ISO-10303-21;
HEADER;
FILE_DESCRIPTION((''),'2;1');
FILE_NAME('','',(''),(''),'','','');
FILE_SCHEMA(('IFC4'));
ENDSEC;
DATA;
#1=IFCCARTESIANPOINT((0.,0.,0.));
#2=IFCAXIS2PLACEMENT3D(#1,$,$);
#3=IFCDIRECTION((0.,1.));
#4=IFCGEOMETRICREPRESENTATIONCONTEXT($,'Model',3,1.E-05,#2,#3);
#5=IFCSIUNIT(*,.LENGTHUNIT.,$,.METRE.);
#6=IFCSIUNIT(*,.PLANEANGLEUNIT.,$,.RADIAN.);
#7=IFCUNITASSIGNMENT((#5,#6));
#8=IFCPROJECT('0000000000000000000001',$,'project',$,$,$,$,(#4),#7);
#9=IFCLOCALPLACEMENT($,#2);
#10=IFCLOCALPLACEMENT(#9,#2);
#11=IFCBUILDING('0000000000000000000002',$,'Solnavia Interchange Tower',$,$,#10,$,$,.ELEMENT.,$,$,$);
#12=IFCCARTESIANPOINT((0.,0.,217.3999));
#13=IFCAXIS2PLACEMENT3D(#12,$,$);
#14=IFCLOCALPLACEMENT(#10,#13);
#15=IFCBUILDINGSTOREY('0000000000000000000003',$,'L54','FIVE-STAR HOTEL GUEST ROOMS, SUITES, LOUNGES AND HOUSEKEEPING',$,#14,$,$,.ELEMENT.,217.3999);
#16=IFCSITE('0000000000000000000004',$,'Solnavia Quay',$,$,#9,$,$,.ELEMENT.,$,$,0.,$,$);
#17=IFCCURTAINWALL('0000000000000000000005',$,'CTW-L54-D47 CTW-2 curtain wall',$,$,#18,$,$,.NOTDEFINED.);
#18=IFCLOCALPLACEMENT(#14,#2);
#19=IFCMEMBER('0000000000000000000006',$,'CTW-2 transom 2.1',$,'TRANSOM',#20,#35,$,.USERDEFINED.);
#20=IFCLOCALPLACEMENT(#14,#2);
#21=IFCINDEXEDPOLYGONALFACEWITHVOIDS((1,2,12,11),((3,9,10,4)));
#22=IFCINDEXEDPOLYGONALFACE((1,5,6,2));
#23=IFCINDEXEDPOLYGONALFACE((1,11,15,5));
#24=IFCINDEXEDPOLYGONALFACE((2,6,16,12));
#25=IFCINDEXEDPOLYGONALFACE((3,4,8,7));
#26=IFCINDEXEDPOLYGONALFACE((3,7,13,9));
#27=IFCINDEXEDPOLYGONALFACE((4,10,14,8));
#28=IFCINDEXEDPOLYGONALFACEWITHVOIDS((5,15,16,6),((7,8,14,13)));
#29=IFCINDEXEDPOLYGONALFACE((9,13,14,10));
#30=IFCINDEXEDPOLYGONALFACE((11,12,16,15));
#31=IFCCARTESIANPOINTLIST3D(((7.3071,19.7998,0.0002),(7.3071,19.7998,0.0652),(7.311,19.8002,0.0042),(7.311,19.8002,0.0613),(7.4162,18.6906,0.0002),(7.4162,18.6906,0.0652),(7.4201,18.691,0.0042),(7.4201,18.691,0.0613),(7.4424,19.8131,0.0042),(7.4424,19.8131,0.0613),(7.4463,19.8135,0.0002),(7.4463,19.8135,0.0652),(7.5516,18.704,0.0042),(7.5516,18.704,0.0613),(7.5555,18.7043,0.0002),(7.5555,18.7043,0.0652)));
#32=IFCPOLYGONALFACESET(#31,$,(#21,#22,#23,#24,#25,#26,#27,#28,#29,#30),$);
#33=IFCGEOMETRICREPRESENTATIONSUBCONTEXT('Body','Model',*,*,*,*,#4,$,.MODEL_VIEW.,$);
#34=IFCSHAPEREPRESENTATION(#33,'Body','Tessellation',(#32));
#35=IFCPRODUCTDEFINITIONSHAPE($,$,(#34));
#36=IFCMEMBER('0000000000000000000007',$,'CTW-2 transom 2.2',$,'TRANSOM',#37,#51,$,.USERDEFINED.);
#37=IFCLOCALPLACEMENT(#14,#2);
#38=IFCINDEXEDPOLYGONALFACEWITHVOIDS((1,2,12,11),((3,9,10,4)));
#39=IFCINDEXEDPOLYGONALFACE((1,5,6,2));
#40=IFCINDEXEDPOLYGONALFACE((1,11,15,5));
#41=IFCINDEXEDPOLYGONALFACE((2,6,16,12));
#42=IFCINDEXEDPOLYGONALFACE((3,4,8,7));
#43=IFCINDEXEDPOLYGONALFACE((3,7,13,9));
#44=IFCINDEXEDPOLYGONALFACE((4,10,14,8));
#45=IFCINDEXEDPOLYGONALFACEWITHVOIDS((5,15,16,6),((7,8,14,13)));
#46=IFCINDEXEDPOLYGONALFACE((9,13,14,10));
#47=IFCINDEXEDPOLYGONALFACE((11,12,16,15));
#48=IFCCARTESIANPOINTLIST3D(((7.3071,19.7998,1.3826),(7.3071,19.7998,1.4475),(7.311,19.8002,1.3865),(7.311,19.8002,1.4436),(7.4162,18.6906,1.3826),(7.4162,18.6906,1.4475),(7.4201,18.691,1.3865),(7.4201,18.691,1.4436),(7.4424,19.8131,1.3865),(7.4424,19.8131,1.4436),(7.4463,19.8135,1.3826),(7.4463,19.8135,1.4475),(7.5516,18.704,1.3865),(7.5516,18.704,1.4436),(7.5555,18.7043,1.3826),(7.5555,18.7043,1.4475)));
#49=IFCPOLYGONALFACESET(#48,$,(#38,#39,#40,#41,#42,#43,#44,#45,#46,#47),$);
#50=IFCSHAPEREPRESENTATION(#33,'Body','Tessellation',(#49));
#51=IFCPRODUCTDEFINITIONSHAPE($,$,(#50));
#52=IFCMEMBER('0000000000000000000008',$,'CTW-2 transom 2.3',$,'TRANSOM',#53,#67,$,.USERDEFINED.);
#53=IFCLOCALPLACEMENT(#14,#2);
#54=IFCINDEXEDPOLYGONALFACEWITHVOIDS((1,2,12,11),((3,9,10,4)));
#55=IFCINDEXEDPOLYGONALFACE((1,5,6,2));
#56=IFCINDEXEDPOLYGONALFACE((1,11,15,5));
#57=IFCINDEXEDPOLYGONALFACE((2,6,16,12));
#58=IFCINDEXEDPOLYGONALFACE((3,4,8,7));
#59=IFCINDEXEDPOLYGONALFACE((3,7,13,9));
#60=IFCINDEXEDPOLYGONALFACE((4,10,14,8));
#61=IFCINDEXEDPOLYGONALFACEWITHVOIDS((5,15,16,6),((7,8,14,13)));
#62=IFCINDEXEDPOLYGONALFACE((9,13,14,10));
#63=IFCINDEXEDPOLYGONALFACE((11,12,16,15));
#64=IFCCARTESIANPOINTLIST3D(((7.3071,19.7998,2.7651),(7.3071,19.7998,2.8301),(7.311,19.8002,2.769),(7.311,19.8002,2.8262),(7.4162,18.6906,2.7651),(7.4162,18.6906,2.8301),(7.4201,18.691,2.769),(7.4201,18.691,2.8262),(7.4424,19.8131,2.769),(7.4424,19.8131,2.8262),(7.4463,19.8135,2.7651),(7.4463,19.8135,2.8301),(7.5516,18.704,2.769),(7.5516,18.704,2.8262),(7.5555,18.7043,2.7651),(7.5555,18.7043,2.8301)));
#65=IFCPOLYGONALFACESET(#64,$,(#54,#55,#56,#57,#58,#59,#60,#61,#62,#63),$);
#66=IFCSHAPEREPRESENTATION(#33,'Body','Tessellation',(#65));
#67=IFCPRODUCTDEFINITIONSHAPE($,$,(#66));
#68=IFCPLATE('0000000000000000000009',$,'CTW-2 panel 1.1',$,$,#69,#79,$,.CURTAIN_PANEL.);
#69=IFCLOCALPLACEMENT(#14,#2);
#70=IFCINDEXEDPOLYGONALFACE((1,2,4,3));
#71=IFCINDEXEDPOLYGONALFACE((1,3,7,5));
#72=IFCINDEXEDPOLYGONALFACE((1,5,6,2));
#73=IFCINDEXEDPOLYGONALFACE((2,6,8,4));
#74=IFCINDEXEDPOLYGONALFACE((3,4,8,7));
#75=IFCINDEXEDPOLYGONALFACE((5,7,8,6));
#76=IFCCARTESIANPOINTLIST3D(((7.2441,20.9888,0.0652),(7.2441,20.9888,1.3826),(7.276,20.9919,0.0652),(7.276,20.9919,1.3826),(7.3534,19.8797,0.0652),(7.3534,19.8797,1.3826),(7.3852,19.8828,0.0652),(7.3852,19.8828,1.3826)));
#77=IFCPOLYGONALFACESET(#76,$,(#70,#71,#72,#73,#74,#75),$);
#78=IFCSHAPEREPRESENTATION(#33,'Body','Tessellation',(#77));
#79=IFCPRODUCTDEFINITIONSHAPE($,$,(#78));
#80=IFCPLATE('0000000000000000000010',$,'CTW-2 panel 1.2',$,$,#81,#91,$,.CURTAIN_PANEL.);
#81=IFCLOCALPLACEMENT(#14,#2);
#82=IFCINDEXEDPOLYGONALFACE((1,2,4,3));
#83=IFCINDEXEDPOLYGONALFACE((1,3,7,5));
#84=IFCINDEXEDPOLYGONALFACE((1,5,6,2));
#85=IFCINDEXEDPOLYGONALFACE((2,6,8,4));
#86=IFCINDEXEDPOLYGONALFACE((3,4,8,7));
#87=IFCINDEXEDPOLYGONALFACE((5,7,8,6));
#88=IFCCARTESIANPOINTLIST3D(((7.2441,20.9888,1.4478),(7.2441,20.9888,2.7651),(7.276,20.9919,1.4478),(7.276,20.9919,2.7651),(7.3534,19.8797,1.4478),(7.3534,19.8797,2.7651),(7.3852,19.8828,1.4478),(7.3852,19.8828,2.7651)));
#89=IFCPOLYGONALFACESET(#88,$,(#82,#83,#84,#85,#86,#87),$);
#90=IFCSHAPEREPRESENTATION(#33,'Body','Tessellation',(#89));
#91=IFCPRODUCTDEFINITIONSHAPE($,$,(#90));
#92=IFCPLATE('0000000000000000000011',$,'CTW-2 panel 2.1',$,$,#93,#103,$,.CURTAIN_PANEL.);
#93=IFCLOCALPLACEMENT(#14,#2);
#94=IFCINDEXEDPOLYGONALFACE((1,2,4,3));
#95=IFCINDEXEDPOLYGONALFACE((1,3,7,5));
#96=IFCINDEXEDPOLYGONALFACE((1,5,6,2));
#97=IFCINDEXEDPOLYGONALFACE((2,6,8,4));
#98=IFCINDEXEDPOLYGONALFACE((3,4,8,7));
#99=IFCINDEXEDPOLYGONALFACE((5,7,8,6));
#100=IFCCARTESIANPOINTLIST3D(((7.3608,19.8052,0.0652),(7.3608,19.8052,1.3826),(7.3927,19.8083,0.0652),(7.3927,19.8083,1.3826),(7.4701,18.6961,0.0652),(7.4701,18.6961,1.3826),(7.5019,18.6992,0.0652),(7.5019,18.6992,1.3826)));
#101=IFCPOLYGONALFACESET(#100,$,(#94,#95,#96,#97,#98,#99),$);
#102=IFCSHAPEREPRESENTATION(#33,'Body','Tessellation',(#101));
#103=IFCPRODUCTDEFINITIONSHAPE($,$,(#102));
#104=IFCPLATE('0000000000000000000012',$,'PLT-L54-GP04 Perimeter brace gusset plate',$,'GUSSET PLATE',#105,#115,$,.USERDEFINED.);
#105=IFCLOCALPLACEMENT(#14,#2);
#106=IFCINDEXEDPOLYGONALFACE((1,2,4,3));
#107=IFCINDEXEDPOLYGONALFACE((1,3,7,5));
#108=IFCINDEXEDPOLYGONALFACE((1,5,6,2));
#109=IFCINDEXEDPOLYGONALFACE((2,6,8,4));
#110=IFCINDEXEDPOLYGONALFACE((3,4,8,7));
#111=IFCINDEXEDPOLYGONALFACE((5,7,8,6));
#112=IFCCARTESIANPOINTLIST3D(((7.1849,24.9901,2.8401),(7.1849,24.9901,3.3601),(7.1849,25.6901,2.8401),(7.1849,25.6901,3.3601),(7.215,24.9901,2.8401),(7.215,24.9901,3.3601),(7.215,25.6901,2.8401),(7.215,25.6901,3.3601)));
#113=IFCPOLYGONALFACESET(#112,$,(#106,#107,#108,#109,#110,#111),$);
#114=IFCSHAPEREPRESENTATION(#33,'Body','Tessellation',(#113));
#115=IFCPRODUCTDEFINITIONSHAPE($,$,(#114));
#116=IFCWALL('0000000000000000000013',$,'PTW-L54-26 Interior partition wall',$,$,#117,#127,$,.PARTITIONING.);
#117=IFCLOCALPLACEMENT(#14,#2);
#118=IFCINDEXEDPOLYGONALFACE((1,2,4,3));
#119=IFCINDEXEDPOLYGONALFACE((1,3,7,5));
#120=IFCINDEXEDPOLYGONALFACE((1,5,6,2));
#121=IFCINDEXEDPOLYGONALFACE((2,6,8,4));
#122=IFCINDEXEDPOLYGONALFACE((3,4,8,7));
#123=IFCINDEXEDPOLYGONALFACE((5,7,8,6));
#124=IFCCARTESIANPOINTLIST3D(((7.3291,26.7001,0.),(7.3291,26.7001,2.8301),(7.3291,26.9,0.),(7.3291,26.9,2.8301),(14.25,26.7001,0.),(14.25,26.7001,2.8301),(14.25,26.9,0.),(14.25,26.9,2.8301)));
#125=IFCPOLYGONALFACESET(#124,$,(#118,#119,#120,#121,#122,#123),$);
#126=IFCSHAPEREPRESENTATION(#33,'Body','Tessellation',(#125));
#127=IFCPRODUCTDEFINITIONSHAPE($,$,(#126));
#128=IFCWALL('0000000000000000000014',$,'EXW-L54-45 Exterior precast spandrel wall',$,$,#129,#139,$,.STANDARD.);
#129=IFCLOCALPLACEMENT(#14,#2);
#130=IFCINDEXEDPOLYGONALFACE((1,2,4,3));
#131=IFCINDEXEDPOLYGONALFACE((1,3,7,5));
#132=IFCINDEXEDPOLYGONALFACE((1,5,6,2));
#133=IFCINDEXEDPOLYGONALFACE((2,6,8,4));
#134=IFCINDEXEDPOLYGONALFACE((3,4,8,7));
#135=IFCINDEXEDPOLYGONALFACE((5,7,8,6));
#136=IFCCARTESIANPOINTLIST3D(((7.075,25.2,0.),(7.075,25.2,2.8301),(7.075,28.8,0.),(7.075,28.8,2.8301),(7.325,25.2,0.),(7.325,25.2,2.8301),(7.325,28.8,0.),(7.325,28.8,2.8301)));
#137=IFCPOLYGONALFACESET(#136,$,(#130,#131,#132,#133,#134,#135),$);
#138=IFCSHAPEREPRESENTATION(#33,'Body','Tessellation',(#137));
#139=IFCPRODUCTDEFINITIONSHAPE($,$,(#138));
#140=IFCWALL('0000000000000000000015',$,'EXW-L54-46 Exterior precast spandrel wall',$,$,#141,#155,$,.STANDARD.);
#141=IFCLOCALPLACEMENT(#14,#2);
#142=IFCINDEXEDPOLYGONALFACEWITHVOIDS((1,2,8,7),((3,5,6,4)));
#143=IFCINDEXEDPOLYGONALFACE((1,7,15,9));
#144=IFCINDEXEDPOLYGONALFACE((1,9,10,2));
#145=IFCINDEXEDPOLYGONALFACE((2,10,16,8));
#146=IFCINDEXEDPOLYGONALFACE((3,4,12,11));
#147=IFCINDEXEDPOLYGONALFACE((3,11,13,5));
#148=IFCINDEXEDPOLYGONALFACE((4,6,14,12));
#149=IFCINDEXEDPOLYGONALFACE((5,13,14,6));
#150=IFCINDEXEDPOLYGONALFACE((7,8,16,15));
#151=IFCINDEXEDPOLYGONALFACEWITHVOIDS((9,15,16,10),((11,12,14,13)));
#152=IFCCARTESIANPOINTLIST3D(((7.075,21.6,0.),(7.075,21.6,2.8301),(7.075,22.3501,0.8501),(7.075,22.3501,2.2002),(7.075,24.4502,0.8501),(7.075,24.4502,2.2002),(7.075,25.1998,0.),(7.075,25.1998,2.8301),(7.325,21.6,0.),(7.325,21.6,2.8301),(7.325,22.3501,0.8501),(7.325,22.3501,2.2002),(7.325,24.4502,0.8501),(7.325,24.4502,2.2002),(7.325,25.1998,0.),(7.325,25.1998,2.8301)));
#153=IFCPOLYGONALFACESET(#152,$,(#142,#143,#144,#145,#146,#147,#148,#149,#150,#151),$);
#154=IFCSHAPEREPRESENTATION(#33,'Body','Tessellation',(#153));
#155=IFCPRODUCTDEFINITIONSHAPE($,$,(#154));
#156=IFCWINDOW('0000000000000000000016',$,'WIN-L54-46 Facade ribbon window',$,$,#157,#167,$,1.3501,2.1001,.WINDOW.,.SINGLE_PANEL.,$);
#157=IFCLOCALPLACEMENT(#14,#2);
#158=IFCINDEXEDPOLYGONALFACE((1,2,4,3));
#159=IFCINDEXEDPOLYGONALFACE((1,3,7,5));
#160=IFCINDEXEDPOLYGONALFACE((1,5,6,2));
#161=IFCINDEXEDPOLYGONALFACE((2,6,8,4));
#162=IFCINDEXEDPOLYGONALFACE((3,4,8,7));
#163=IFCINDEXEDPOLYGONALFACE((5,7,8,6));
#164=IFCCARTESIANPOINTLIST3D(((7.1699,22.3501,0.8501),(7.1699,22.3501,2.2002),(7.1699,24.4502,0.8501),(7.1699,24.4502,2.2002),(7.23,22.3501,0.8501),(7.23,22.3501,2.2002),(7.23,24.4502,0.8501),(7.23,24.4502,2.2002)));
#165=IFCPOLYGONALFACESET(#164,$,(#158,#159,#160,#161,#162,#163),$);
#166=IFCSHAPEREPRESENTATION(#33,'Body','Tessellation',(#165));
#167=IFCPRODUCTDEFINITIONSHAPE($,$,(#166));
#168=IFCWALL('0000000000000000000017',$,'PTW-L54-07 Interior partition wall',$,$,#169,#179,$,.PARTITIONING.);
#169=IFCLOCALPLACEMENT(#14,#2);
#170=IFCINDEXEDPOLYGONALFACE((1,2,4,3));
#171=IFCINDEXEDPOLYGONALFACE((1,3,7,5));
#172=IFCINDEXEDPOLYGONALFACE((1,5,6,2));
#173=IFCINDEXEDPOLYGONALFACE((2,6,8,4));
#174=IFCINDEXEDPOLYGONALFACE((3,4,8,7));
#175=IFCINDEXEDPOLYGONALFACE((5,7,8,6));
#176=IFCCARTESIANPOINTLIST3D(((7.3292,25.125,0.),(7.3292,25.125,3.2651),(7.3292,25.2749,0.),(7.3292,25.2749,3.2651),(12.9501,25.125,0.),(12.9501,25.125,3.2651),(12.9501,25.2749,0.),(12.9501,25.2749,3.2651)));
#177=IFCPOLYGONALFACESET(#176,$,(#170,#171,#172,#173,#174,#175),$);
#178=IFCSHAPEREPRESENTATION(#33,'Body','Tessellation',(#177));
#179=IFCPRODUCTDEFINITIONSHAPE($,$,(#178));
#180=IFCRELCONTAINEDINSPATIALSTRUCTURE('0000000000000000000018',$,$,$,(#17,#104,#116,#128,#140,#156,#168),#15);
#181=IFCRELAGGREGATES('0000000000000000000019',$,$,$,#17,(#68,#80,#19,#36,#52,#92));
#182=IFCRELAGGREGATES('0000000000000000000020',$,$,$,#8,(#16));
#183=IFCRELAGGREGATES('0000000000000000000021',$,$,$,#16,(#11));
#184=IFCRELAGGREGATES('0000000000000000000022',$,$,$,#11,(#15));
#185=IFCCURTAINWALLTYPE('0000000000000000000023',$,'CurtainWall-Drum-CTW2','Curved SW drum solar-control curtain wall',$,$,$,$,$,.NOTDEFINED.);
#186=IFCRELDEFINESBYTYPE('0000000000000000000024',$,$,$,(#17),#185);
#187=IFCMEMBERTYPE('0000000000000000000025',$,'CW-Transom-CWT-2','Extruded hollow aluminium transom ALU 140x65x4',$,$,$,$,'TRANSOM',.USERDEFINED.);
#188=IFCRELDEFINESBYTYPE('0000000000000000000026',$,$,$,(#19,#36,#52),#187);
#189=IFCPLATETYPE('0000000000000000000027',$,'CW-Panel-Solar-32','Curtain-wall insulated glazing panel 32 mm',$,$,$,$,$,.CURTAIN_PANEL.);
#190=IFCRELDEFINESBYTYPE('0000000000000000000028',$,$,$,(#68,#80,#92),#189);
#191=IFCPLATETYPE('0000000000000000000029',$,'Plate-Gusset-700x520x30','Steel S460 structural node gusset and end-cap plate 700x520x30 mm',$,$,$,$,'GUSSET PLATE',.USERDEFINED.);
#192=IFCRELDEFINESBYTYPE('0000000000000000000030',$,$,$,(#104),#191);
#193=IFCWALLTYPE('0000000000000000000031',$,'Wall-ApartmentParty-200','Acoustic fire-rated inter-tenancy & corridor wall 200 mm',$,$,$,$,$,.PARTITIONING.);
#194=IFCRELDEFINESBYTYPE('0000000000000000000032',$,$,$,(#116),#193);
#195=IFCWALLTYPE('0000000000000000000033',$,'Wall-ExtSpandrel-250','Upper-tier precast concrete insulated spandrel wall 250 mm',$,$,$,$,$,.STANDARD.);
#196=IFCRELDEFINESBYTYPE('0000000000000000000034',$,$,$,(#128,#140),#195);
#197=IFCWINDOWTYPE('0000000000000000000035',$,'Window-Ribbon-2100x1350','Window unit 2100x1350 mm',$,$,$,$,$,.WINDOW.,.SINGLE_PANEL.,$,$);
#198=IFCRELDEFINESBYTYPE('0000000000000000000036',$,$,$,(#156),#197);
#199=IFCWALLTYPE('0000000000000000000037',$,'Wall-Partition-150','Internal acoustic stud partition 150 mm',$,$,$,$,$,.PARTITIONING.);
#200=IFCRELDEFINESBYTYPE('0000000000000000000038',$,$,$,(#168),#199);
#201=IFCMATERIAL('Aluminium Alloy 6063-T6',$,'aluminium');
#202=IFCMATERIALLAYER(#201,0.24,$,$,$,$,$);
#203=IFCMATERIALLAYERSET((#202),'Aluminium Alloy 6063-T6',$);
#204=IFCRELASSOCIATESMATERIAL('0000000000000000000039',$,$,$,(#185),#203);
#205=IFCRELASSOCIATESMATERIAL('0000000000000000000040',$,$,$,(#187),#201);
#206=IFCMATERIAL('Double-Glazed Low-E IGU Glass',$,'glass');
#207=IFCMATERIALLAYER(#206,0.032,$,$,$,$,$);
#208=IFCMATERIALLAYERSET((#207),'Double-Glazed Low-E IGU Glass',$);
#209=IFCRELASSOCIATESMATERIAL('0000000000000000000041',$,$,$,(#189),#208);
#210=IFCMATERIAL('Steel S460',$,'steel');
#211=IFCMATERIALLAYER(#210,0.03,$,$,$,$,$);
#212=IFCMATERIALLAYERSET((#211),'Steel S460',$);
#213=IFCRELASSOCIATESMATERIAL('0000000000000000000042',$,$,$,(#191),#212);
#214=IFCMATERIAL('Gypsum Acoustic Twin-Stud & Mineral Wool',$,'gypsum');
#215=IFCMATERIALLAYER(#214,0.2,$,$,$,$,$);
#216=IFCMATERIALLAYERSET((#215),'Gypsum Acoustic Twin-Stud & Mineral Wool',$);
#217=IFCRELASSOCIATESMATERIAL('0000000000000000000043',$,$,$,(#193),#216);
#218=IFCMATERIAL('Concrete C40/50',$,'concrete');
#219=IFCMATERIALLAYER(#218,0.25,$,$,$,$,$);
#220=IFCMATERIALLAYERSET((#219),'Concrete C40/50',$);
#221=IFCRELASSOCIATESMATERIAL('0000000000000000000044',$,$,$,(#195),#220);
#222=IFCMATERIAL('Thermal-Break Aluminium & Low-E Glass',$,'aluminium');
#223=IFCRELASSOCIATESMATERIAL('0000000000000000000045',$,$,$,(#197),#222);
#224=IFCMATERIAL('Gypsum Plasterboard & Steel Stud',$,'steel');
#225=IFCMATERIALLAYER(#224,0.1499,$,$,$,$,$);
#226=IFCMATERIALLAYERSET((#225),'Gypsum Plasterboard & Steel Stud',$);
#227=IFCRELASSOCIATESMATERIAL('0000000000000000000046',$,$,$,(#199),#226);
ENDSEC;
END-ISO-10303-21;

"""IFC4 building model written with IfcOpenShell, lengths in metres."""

from ifc_helpers import new_model, si_unit, direction, frame, frame_2d, origin, origin_2d, place, context, subcontext, project, spatial, rectangle, hollow_rectangle, extrude, material, layer, layer_set, material_profile, profile_set, type_object, element, fill, aggregate, save


model = new_model("IFC4")

# Units and contexts
model_context = context("Model", 3, precision=1e-05, world=origin(), true_north=direction((0.0, 1.0)))
body_context = subcontext(model_context, "Body", "Model", "MODEL_VIEW")
ifc_project = project(units=[si_unit("LENGTHUNIT", "METRE"), si_unit("PLANEANGLEUNIT", "RADIAN")], contexts=[model_context])

# Site, building, storey
site_placement = place(None, origin())
site = spatial("IfcSite", under=ifc_project, at=site_placement, Name="Solnavia Quay", CompositionType="ELEMENT", RefElevation=0.0)
building_placement = place(site_placement, origin())
building = spatial("IfcBuilding", under=site, at=building_placement, Name="Solnavia Interchange Tower", CompositionType="ELEMENT")
storey_placement = place(building_placement, frame((0.0, 0.0, 217.3999)))
storey = spatial("IfcBuildingStorey", under=building, at=storey_placement, Name="L54", Description="FIVE-STAR HOTEL GUEST ROOMS, SUITES, LOUNGES AND HOUSEKEEPING", CompositionType="ELEMENT", Elevation=217.3999)

# Curtain wall, members, plates
ifc_material_1 = material(Name="Aluminium Alloy 6063-T6", Category="aluminium")
ifc_layer_1 = layer(ifc_material_1, 0.24)
ifc_layer_set_1 = layer_set([ifc_layer_1], Name="Aluminium Alloy 6063-T6")
curtain_wall_type = type_object("IfcCurtainWallType", Name="CurtainWall-Drum-CTW2", Description="Curved SW drum solar-control curtain wall", PredefinedType="NOTDEFINED", material=ifc_layer_set_1)
curtain_wall_placement = place(storey_placement, origin())
curtain_wall = element("IfcCurtainWall", 1, at=curtain_wall_placement, inside=storey, type_object=curtain_wall_type, Name="CTW-L54-D47 CTW-2 curtain wall", PredefinedType="NOTDEFINED")
ifc_material_profile_1 = material_profile(ifc_material_1, hollow_rectangle(XDim=0.0649, YDim=0.1399, WallThickness=0.0039, at=origin_2d()), Name="ALU 140x65x4")
ifc_profile_set_1 = profile_set([ifc_material_profile_1], Name="Aluminium Alloy 6063-T6")
member_type_1 = type_object("IfcMemberType", Name="CW-Transom-CWT-2", Description="Extruded hollow aluminium transom ALU 140x65x4", ElementType="TRANSOM", PredefinedType="USERDEFINED", material=ifc_profile_set_1)
member_1_placement = place(storey_placement, frame((7.3767, 19.8066, 0.0327), z_axis=(0.09792, -0.995194, 0.0), x_axis=(0.0, 0.0, 1.0)))
member_1 = element("IfcMember", 2, at=member_1_placement, type_object=member_type_1, Name="CTW-2 transom 2.1", ObjectType="TRANSOM", PredefinedType="USERDEFINED", context=body_context, shape_type="SweptSolid", body=[
    extrude(hollow_rectangle(XDim=0.0649, YDim=0.1399, WallThickness=0.0039, at=origin_2d()), origin(), (0.0, 0.0, 1.0), 1.1145),
])
member_2_placement = place(storey_placement, frame((7.3767, 19.8066, 1.415), z_axis=(0.09792, -0.995194, 0.0), x_axis=(0.0, 0.0, 1.0)))
member_2 = element("IfcMember", 3, at=member_2_placement, type_object=member_type_1, Name="CTW-2 transom 2.2", ObjectType="TRANSOM", PredefinedType="USERDEFINED", context=body_context, shape_type="SweptSolid", body=[
    extrude(hollow_rectangle(XDim=0.0649, YDim=0.1399, WallThickness=0.0039, at=origin_2d()), origin(), (0.0, 0.0, 1.0), 1.1145),
])
member_3_placement = place(storey_placement, frame((7.3767, 19.8066, 2.7976), z_axis=(0.09792, -0.995194, 0.0), x_axis=(0.0, 0.0, 1.0)))
member_3 = element("IfcMember", 4, at=member_3_placement, type_object=member_type_1, Name="CTW-2 transom 2.3", ObjectType="TRANSOM", PredefinedType="USERDEFINED", context=body_context, shape_type="SweptSolid", body=[
    extrude(hollow_rectangle(XDim=0.0649, YDim=0.1399, WallThickness=0.0039, at=origin_2d()), origin(), (0.0, 0.0, 1.0), 1.1145),
])
ifc_material_2 = material(Name="Double-Glazed Low-E IGU Glass", Category="glass")
ifc_layer_2 = layer(ifc_material_2, 0.032)
ifc_layer_set_2 = layer_set([ifc_layer_2], Name="Double-Glazed Low-E IGU Glass")
plate_type_1 = type_object("IfcPlateType", Name="CW-Panel-Solar-32", Description="Curtain-wall insulated glazing panel 32 mm", PredefinedType="CURTAIN_PANEL", material=ifc_layer_set_2)
plate_1_placement = place(storey_placement, frame((7.3147, 20.4358, 0.0652), z_axis=(0.0, 0.0, 1.0), x_axis=(0.098043, -0.995182, 0.0)))
plate_1 = element("IfcPlate", 5, at=plate_1_placement, type_object=plate_type_1, Name="CTW-2 panel 1.1", PredefinedType="CURTAIN_PANEL", context=body_context, shape_type="SweptSolid", body=[
    extrude(rectangle(XDim=1.1145, YDim=0.032, at=origin_2d()), origin(), (0.0, 0.0, 1.0), 1.3174),
])
plate_2_placement = place(storey_placement, frame((7.3147, 20.4358, 1.4478), z_axis=(0.0, 0.0, 1.0), x_axis=(0.098043, -0.995182, 0.0)))
plate_2 = element("IfcPlate", 6, at=plate_2_placement, type_object=plate_type_1, Name="CTW-2 panel 1.2", PredefinedType="CURTAIN_PANEL", context=body_context, shape_type="SweptSolid", body=[
    extrude(rectangle(XDim=1.1145, YDim=0.032, at=origin_2d()), origin(), (0.0, 0.0, 1.0), 1.3174),
])
plate_3_placement = place(storey_placement, frame((7.4314, 19.2522, 0.0652), z_axis=(0.0, 0.0, 1.0), x_axis=(0.098043, -0.995182, 0.0)))
plate_3 = element("IfcPlate", 7, at=plate_3_placement, type_object=plate_type_1, Name="CTW-2 panel 2.1", PredefinedType="CURTAIN_PANEL", context=body_context, shape_type="SweptSolid", body=[
    extrude(rectangle(XDim=1.1145, YDim=0.032, at=origin_2d()), origin(), (0.0, 0.0, 1.0), 1.3174),
])
aggregate(curtain_wall, [plate_1, plate_2, member_1, member_2, member_3, plate_3])

# Plate
ifc_material_3 = material(Name="Steel S460", Category="steel")
ifc_layer_3 = layer(ifc_material_3, 0.03)
ifc_layer_set_3 = layer_set([ifc_layer_3], Name="Steel S460")
plate_type_2 = type_object("IfcPlateType", Name="Plate-Gusset-700x520x30", Description="Steel S460 structural node gusset and end-cap plate 700x520x30 mm", ElementType="GUSSET PLATE", PredefinedType="USERDEFINED", material=ifc_layer_set_3)
plate_4_placement = place(storey_placement, frame((7.2, 25.3401, 2.8401), z_axis=(0.0, 0.0, 1.0), x_axis=(0.0, -1.0, 0.0)))
element("IfcPlate", 8, at=plate_4_placement, inside=storey, type_object=plate_type_2, Name="PLT-L54-GP04 Perimeter brace gusset plate", ObjectType="GUSSET PLATE", PredefinedType="USERDEFINED", context=body_context, shape_type="SweptSolid", body=[
    extrude(rectangle(XDim=0.7, YDim=0.03, at=origin_2d()), origin(), (0.0, 0.0, 1.0), 0.52),
])

# Walls
ifc_material_4 = material(Name="Gypsum Acoustic Twin-Stud & Mineral Wool", Category="gypsum")
ifc_layer_4 = layer(ifc_material_4, 0.2)
ifc_layer_set_4 = layer_set([ifc_layer_4], Name="Gypsum Acoustic Twin-Stud & Mineral Wool")
wall_type_1 = type_object("IfcWallType", Name="Wall-ApartmentParty-200", Description="Acoustic fire-rated inter-tenancy & corridor wall 200 mm", PredefinedType="PARTITIONING", material=ifc_layer_set_4)
wall_1_placement = place(storey_placement, frame((7.3291, 26.8, 0.0), z_axis=(0.0, 0.0, 1.0), x_axis=(1.0, 0.0, 0.0)))
element("IfcWall", 9, at=wall_1_placement, inside=storey, type_object=wall_type_1, Name="PTW-L54-26 Interior partition wall", PredefinedType="PARTITIONING", context=body_context, shape_type="SweptSolid", body=[
    extrude(rectangle(XDim=6.9209, YDim=0.2, at=frame_2d((3.4604, 0.0))), origin(), (0.0, 0.0, 1.0), 2.8301),
])
ifc_material_5 = material(Name="Concrete C40/50", Category="concrete")
ifc_layer_5 = layer(ifc_material_5, 0.25)
ifc_layer_set_5 = layer_set([ifc_layer_5], Name="Concrete C40/50")
wall_type_2 = type_object("IfcWallType", Name="Wall-ExtSpandrel-250", Description="Upper-tier precast concrete insulated spandrel wall 250 mm", PredefinedType="STANDARD", material=ifc_layer_set_5)
wall_2_placement = place(storey_placement, frame((7.2, 25.2, 0.0), z_axis=(0.0, 0.0, 1.0), x_axis=(0.0, 1.0, 0.0)))
element("IfcWall", 10, at=wall_2_placement, inside=storey, type_object=wall_type_2, Name="EXW-L54-45 Exterior precast spandrel wall", PredefinedType="STANDARD", context=body_context, shape_type="SweptSolid", body=[
    extrude(rectangle(XDim=3.6001, YDim=0.25, at=frame_2d((1.8, 0.0))), origin(), (0.0, 0.0, 1.0), 2.8301),
])

# Wall, opening, window
wall_3_placement = place(storey_placement, frame((7.2, 21.6001, 0.0), z_axis=(0.0, 0.0, 1.0), x_axis=(0.0, 1.0, 0.0)))
wall_3 = element("IfcWall", 11, at=wall_3_placement, inside=storey, type_object=wall_type_2, Name="EXW-L54-46 Exterior precast spandrel wall", PredefinedType="STANDARD", context=body_context, shape_type="SweptSolid", body=[
    extrude(rectangle(XDim=3.5999, YDim=0.25, at=frame_2d((1.7998, 0.0))), origin(), (0.0, 0.0, 1.0), 2.8301),
])
opening_placement = place(wall_3_placement, frame((0.75, 0.0, 0.8501)))
opening = element("IfcOpeningElement", 12, at=opening_placement, cuts=wall_3, PredefinedType="OPENING", context=body_context, shape_type="SweptSolid", body=[
    extrude(rectangle(XDim=2.1001, YDim=1.3501, at=frame_2d((1.05, 0.675))), frame((0.0, 0.135, 0.0), z_axis=(0.0, -1.0, 0.0), x_axis=(1.0, 0.0, 0.0)), (0.0, 0.0, 1.0), 0.27),
])
ifc_material_6 = material(Name="Thermal-Break Aluminium & Low-E Glass", Category="aluminium")
window_type = type_object("IfcWindowType", Name="Window-Ribbon-2100x1350", Description="Window unit 2100x1350 mm", PartitioningType="SINGLE_PANEL", PredefinedType="WINDOW", material=ifc_material_6)
window_placement = place(opening_placement, origin())
window = element("IfcWindow", 13, at=window_placement, inside=storey, type_object=window_type, Name="WIN-L54-46 Facade ribbon window", OverallHeight=1.3501, OverallWidth=2.1001, PartitioningType="SINGLE_PANEL", PredefinedType="WINDOW", context=body_context, shape_type="SweptSolid", body=[
    extrude(rectangle(XDim=2.1001, YDim=1.3501, at=frame_2d((1.05, 0.675))), frame((0.0, 0.03, 0.0), z_axis=(0.0, -1.0, 0.0), x_axis=(1.0, 0.0, 0.0)), (0.0, 0.0, 1.0), 0.0601),
])
fill(opening, window)

# Wall
ifc_material_7 = material(Name="Gypsum Plasterboard & Steel Stud", Category="steel")
ifc_layer_6 = layer(ifc_material_7, 0.1499)
ifc_layer_set_6 = layer_set([ifc_layer_6], Name="Gypsum Plasterboard & Steel Stud")
wall_type_3 = type_object("IfcWallType", Name="Wall-Partition-150", Description="Internal acoustic stud partition 150 mm", PredefinedType="PARTITIONING", material=ifc_layer_set_6)
wall_4_placement = place(storey_placement, frame((7.3291, 25.2, 0.0), z_axis=(0.0, 0.0, 1.0), x_axis=(1.0, 0.0, 0.0)))
element("IfcWall", 14, at=wall_4_placement, inside=storey, type_object=wall_type_3, Name="PTW-L54-07 Interior partition wall", PredefinedType="PARTITIONING", context=body_context, shape_type="SweptSolid", body=[
    extrude(rectangle(XDim=5.6208, YDim=0.1499, at=frame_2d((2.8105, 0.0))), origin(), (0.0, 0.0, 1.0), 3.2651),
])

save(model, "model.ifc")
